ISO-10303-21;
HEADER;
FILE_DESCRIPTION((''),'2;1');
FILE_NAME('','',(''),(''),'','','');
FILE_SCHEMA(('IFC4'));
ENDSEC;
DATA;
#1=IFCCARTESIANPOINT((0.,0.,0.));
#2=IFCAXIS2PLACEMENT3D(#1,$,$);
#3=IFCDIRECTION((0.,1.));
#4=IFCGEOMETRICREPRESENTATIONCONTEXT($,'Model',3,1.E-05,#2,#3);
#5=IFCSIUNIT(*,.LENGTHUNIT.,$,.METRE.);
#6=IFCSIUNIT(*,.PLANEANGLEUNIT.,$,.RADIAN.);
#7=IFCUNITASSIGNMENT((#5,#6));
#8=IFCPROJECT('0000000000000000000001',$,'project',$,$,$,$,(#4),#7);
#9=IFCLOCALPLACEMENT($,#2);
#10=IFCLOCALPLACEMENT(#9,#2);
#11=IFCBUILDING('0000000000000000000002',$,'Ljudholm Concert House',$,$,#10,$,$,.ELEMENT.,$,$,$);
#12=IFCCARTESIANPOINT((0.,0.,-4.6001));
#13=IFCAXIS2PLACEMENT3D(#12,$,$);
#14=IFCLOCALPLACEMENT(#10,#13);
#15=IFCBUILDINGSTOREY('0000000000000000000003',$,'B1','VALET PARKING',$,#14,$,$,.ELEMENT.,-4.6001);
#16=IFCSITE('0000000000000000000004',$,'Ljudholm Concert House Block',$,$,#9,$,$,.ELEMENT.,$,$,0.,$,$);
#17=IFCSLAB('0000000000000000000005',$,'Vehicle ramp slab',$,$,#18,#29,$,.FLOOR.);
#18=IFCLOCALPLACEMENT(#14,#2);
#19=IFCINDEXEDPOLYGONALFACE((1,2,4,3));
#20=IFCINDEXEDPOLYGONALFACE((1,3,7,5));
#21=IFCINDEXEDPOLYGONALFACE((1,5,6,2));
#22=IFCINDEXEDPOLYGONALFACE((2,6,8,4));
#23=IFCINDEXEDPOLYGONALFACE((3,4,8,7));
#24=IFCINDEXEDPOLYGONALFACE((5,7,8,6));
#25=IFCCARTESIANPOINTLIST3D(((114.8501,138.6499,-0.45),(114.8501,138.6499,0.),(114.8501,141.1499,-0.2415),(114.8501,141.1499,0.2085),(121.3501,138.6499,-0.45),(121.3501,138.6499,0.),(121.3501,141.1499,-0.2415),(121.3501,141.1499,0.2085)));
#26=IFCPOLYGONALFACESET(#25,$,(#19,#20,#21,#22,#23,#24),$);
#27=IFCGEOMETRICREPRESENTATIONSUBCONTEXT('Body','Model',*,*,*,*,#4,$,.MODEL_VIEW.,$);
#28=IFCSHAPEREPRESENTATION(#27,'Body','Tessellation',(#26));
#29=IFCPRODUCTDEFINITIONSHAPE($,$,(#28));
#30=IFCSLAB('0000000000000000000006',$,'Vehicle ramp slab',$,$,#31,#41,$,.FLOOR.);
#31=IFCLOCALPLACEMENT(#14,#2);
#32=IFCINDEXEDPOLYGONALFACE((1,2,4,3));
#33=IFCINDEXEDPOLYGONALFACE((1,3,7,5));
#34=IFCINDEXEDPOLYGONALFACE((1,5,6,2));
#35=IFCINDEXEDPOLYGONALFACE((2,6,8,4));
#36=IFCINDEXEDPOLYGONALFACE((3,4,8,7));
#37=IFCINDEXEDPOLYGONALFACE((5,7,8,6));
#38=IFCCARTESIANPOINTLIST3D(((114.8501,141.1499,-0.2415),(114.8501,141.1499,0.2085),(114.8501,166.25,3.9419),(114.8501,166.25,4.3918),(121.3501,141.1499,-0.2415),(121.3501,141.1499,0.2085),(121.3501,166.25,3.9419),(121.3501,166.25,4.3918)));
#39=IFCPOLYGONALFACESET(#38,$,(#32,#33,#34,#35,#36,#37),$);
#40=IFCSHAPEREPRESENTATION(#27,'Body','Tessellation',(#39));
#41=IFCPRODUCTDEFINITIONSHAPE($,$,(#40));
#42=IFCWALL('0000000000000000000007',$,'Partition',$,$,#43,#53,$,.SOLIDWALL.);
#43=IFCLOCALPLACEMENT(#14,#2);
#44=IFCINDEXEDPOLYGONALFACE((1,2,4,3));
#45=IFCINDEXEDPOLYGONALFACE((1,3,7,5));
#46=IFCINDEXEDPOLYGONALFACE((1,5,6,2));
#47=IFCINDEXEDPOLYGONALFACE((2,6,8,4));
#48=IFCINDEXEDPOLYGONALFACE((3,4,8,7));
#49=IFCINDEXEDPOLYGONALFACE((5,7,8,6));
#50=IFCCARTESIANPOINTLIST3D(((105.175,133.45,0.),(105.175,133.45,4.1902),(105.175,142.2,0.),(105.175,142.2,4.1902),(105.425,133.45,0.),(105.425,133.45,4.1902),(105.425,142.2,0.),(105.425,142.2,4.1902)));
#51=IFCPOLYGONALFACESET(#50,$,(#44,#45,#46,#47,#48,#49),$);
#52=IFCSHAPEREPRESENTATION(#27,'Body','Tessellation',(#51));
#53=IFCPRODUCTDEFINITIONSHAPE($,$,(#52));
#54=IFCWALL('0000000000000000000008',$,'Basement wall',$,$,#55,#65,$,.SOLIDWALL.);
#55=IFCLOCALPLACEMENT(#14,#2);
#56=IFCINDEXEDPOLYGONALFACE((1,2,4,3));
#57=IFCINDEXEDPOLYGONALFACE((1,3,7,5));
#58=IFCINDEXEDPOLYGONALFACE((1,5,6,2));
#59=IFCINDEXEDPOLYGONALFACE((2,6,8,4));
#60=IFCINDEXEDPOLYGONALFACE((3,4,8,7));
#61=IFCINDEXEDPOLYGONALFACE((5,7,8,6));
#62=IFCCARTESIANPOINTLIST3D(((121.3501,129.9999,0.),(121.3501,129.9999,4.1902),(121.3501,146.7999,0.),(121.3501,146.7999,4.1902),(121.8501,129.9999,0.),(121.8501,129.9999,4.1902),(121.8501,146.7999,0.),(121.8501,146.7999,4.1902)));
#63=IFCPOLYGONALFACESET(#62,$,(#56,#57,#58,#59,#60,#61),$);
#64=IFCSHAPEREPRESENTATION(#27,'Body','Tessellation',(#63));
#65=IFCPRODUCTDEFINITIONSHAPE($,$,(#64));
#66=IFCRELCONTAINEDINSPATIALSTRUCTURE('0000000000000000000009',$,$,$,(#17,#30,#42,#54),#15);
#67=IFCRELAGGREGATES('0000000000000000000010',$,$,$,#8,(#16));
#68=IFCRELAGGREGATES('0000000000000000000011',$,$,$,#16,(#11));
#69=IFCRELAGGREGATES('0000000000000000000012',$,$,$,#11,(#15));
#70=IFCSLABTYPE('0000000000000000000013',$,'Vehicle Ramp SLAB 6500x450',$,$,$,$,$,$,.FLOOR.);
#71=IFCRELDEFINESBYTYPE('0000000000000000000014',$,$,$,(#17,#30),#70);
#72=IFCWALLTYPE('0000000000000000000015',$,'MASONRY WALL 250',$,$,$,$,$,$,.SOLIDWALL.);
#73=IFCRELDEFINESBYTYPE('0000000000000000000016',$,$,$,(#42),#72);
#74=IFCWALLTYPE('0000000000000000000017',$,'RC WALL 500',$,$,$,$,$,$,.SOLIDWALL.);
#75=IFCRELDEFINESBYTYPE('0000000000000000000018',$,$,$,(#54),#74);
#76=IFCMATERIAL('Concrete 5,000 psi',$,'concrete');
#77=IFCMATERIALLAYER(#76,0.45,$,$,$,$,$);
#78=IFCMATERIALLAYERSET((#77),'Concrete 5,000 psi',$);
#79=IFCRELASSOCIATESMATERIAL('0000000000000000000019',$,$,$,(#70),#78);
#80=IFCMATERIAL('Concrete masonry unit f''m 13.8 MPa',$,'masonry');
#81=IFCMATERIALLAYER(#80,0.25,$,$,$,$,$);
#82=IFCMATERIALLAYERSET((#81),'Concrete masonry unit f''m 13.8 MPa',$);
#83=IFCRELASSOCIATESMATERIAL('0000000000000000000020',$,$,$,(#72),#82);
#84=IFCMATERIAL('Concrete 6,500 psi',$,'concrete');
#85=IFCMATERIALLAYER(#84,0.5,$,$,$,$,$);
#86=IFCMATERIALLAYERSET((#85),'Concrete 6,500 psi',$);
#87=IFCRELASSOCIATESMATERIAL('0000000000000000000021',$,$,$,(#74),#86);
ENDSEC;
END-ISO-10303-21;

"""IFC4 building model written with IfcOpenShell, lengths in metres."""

from ifc_helpers import new_model, si_unit, direction, frame, frame_2d, origin, place, context, subcontext, project, spatial, polyline, rectangle, outline, extrude, material, layer, layer_set, type_object, element, save


model = new_model("IFC4")

# Units and contexts
model_context = context("Model", 3, precision=1e-05, world=origin(), true_north=direction((0.0, 1.0)))
body_context = subcontext(model_context, "Body", "Model", "MODEL_VIEW")
ifc_project = project(units=[si_unit("LENGTHUNIT", "METRE"), si_unit("PLANEANGLEUNIT", "RADIAN")], contexts=[model_context])

# Site, building, storey
site_placement = place(None, origin())
site = spatial("IfcSite", under=ifc_project, at=site_placement, Name="Ljudholm Concert House Block", CompositionType="ELEMENT", RefElevation=0.0)
building_placement = place(site_placement, origin())
building = spatial("IfcBuilding", under=site, at=building_placement, Name="Ljudholm Concert House", CompositionType="ELEMENT")
storey_placement = place(building_placement, frame((0.0, 0.0, -4.6001)))
storey = spatial("IfcBuildingStorey", under=building, at=storey_placement, Name="B1", Description="VALET PARKING", CompositionType="ELEMENT", Elevation=-4.6001)

# Slabs
ifc_material_1 = material(Name="Concrete 5,000 psi", Category="concrete")
ifc_layer_1 = layer(ifc_material_1, 0.45)
ifc_layer_set_1 = layer_set([ifc_layer_1], Name="Concrete 5,000 psi")
slab_type = type_object("IfcSlabType", Name="Vehicle Ramp SLAB 6500x450", PredefinedType="FLOOR", material=ifc_layer_set_1)
slab_1_placement = place(storey_placement, frame((121.3501, 138.6499, 0.0), z_axis=(0.0, -0.08311, 0.99654), x_axis=(0.0, 0.99654, 0.08311)))
element("IfcSlab", 1, at=slab_1_placement, inside=storey, type_object=slab_type, Name="Vehicle ramp slab", PredefinedType="FLOOR", context=body_context, shape_type="SweptSolid", body=[
    extrude(outline(polyline([(0.0, 0.0), (2.5087, 0.0), (2.5087, 6.5), (0.0, 6.5), (0.0, 0.0)])), origin(), (-0.08311, 0.0, -0.99654), 0.45),
])
slab_2_placement = place(storey_placement, frame((121.3501, 141.1499, 0.2085), z_axis=(0.0, -0.164399, 0.986394), x_axis=(0.0, 0.986394, 0.164399)))
element("IfcSlab", 2, at=slab_2_placement, inside=storey, type_object=slab_type, Name="Vehicle ramp slab", PredefinedType="FLOOR", context=body_context, shape_type="SweptSolid", body=[
    extrude(outline(polyline([(0.0, 0.0), (25.4463, 0.0), (25.4463, 6.5), (0.0, 6.5), (0.0, 0.0)])), origin(), (-0.164399, 0.0, -0.986394), 0.45),
])

# Walls
ifc_material_2 = material(Name="Concrete masonry unit f'm 13.8 MPa", Category="masonry")
ifc_layer_2 = layer(ifc_material_2, 0.25)
ifc_layer_set_2 = layer_set([ifc_layer_2], Name="Concrete masonry unit f'm 13.8 MPa")
wall_type_1 = type_object("IfcWallType", Name="MASONRY WALL 250", PredefinedType="SOLIDWALL", material=ifc_layer_set_2)
wall_1_placement = place(storey_placement, frame((105.3, 133.45, 0.0), z_axis=(0.0, 0.0, 1.0), x_axis=(0.0, 1.0, 0.0)))
element("IfcWall", 3, at=wall_1_placement, inside=storey, type_object=wall_type_1, Name="Partition", PredefinedType="SOLIDWALL", context=body_context, shape_type="SweptSolid", body=[
    extrude(rectangle(XDim=8.75, YDim=0.25, at=frame_2d((4.375, 0.0))), origin(), (0.0, 0.0, 1.0), 4.1902),
])
ifc_material_3 = material(Name="Concrete 6,500 psi", Category="concrete")
ifc_layer_3 = layer(ifc_material_3, 0.5)
ifc_layer_set_3 = layer_set([ifc_layer_3], Name="Concrete 6,500 psi")
wall_type_2 = type_object("IfcWallType", Name="RC WALL 500", PredefinedType="SOLIDWALL", material=ifc_layer_set_3)
wall_2_placement = place(storey_placement, frame((121.6001, 130.0, 0.0), z_axis=(0.0, 0.0, 1.0), x_axis=(0.0, 1.0, 0.0)))
element("IfcWall", 4, at=wall_2_placement, inside=storey, type_object=wall_type_2, Name="Basement wall", PredefinedType="SOLIDWALL", context=body_context, shape_type="SweptSolid", body=[
    extrude(rectangle(XDim=16.8, YDim=0.5, at=frame_2d((8.3999, 0.0))), origin(), (0.0, 0.0, 1.0), 4.1902),
])

save(model, "model.ifc")
